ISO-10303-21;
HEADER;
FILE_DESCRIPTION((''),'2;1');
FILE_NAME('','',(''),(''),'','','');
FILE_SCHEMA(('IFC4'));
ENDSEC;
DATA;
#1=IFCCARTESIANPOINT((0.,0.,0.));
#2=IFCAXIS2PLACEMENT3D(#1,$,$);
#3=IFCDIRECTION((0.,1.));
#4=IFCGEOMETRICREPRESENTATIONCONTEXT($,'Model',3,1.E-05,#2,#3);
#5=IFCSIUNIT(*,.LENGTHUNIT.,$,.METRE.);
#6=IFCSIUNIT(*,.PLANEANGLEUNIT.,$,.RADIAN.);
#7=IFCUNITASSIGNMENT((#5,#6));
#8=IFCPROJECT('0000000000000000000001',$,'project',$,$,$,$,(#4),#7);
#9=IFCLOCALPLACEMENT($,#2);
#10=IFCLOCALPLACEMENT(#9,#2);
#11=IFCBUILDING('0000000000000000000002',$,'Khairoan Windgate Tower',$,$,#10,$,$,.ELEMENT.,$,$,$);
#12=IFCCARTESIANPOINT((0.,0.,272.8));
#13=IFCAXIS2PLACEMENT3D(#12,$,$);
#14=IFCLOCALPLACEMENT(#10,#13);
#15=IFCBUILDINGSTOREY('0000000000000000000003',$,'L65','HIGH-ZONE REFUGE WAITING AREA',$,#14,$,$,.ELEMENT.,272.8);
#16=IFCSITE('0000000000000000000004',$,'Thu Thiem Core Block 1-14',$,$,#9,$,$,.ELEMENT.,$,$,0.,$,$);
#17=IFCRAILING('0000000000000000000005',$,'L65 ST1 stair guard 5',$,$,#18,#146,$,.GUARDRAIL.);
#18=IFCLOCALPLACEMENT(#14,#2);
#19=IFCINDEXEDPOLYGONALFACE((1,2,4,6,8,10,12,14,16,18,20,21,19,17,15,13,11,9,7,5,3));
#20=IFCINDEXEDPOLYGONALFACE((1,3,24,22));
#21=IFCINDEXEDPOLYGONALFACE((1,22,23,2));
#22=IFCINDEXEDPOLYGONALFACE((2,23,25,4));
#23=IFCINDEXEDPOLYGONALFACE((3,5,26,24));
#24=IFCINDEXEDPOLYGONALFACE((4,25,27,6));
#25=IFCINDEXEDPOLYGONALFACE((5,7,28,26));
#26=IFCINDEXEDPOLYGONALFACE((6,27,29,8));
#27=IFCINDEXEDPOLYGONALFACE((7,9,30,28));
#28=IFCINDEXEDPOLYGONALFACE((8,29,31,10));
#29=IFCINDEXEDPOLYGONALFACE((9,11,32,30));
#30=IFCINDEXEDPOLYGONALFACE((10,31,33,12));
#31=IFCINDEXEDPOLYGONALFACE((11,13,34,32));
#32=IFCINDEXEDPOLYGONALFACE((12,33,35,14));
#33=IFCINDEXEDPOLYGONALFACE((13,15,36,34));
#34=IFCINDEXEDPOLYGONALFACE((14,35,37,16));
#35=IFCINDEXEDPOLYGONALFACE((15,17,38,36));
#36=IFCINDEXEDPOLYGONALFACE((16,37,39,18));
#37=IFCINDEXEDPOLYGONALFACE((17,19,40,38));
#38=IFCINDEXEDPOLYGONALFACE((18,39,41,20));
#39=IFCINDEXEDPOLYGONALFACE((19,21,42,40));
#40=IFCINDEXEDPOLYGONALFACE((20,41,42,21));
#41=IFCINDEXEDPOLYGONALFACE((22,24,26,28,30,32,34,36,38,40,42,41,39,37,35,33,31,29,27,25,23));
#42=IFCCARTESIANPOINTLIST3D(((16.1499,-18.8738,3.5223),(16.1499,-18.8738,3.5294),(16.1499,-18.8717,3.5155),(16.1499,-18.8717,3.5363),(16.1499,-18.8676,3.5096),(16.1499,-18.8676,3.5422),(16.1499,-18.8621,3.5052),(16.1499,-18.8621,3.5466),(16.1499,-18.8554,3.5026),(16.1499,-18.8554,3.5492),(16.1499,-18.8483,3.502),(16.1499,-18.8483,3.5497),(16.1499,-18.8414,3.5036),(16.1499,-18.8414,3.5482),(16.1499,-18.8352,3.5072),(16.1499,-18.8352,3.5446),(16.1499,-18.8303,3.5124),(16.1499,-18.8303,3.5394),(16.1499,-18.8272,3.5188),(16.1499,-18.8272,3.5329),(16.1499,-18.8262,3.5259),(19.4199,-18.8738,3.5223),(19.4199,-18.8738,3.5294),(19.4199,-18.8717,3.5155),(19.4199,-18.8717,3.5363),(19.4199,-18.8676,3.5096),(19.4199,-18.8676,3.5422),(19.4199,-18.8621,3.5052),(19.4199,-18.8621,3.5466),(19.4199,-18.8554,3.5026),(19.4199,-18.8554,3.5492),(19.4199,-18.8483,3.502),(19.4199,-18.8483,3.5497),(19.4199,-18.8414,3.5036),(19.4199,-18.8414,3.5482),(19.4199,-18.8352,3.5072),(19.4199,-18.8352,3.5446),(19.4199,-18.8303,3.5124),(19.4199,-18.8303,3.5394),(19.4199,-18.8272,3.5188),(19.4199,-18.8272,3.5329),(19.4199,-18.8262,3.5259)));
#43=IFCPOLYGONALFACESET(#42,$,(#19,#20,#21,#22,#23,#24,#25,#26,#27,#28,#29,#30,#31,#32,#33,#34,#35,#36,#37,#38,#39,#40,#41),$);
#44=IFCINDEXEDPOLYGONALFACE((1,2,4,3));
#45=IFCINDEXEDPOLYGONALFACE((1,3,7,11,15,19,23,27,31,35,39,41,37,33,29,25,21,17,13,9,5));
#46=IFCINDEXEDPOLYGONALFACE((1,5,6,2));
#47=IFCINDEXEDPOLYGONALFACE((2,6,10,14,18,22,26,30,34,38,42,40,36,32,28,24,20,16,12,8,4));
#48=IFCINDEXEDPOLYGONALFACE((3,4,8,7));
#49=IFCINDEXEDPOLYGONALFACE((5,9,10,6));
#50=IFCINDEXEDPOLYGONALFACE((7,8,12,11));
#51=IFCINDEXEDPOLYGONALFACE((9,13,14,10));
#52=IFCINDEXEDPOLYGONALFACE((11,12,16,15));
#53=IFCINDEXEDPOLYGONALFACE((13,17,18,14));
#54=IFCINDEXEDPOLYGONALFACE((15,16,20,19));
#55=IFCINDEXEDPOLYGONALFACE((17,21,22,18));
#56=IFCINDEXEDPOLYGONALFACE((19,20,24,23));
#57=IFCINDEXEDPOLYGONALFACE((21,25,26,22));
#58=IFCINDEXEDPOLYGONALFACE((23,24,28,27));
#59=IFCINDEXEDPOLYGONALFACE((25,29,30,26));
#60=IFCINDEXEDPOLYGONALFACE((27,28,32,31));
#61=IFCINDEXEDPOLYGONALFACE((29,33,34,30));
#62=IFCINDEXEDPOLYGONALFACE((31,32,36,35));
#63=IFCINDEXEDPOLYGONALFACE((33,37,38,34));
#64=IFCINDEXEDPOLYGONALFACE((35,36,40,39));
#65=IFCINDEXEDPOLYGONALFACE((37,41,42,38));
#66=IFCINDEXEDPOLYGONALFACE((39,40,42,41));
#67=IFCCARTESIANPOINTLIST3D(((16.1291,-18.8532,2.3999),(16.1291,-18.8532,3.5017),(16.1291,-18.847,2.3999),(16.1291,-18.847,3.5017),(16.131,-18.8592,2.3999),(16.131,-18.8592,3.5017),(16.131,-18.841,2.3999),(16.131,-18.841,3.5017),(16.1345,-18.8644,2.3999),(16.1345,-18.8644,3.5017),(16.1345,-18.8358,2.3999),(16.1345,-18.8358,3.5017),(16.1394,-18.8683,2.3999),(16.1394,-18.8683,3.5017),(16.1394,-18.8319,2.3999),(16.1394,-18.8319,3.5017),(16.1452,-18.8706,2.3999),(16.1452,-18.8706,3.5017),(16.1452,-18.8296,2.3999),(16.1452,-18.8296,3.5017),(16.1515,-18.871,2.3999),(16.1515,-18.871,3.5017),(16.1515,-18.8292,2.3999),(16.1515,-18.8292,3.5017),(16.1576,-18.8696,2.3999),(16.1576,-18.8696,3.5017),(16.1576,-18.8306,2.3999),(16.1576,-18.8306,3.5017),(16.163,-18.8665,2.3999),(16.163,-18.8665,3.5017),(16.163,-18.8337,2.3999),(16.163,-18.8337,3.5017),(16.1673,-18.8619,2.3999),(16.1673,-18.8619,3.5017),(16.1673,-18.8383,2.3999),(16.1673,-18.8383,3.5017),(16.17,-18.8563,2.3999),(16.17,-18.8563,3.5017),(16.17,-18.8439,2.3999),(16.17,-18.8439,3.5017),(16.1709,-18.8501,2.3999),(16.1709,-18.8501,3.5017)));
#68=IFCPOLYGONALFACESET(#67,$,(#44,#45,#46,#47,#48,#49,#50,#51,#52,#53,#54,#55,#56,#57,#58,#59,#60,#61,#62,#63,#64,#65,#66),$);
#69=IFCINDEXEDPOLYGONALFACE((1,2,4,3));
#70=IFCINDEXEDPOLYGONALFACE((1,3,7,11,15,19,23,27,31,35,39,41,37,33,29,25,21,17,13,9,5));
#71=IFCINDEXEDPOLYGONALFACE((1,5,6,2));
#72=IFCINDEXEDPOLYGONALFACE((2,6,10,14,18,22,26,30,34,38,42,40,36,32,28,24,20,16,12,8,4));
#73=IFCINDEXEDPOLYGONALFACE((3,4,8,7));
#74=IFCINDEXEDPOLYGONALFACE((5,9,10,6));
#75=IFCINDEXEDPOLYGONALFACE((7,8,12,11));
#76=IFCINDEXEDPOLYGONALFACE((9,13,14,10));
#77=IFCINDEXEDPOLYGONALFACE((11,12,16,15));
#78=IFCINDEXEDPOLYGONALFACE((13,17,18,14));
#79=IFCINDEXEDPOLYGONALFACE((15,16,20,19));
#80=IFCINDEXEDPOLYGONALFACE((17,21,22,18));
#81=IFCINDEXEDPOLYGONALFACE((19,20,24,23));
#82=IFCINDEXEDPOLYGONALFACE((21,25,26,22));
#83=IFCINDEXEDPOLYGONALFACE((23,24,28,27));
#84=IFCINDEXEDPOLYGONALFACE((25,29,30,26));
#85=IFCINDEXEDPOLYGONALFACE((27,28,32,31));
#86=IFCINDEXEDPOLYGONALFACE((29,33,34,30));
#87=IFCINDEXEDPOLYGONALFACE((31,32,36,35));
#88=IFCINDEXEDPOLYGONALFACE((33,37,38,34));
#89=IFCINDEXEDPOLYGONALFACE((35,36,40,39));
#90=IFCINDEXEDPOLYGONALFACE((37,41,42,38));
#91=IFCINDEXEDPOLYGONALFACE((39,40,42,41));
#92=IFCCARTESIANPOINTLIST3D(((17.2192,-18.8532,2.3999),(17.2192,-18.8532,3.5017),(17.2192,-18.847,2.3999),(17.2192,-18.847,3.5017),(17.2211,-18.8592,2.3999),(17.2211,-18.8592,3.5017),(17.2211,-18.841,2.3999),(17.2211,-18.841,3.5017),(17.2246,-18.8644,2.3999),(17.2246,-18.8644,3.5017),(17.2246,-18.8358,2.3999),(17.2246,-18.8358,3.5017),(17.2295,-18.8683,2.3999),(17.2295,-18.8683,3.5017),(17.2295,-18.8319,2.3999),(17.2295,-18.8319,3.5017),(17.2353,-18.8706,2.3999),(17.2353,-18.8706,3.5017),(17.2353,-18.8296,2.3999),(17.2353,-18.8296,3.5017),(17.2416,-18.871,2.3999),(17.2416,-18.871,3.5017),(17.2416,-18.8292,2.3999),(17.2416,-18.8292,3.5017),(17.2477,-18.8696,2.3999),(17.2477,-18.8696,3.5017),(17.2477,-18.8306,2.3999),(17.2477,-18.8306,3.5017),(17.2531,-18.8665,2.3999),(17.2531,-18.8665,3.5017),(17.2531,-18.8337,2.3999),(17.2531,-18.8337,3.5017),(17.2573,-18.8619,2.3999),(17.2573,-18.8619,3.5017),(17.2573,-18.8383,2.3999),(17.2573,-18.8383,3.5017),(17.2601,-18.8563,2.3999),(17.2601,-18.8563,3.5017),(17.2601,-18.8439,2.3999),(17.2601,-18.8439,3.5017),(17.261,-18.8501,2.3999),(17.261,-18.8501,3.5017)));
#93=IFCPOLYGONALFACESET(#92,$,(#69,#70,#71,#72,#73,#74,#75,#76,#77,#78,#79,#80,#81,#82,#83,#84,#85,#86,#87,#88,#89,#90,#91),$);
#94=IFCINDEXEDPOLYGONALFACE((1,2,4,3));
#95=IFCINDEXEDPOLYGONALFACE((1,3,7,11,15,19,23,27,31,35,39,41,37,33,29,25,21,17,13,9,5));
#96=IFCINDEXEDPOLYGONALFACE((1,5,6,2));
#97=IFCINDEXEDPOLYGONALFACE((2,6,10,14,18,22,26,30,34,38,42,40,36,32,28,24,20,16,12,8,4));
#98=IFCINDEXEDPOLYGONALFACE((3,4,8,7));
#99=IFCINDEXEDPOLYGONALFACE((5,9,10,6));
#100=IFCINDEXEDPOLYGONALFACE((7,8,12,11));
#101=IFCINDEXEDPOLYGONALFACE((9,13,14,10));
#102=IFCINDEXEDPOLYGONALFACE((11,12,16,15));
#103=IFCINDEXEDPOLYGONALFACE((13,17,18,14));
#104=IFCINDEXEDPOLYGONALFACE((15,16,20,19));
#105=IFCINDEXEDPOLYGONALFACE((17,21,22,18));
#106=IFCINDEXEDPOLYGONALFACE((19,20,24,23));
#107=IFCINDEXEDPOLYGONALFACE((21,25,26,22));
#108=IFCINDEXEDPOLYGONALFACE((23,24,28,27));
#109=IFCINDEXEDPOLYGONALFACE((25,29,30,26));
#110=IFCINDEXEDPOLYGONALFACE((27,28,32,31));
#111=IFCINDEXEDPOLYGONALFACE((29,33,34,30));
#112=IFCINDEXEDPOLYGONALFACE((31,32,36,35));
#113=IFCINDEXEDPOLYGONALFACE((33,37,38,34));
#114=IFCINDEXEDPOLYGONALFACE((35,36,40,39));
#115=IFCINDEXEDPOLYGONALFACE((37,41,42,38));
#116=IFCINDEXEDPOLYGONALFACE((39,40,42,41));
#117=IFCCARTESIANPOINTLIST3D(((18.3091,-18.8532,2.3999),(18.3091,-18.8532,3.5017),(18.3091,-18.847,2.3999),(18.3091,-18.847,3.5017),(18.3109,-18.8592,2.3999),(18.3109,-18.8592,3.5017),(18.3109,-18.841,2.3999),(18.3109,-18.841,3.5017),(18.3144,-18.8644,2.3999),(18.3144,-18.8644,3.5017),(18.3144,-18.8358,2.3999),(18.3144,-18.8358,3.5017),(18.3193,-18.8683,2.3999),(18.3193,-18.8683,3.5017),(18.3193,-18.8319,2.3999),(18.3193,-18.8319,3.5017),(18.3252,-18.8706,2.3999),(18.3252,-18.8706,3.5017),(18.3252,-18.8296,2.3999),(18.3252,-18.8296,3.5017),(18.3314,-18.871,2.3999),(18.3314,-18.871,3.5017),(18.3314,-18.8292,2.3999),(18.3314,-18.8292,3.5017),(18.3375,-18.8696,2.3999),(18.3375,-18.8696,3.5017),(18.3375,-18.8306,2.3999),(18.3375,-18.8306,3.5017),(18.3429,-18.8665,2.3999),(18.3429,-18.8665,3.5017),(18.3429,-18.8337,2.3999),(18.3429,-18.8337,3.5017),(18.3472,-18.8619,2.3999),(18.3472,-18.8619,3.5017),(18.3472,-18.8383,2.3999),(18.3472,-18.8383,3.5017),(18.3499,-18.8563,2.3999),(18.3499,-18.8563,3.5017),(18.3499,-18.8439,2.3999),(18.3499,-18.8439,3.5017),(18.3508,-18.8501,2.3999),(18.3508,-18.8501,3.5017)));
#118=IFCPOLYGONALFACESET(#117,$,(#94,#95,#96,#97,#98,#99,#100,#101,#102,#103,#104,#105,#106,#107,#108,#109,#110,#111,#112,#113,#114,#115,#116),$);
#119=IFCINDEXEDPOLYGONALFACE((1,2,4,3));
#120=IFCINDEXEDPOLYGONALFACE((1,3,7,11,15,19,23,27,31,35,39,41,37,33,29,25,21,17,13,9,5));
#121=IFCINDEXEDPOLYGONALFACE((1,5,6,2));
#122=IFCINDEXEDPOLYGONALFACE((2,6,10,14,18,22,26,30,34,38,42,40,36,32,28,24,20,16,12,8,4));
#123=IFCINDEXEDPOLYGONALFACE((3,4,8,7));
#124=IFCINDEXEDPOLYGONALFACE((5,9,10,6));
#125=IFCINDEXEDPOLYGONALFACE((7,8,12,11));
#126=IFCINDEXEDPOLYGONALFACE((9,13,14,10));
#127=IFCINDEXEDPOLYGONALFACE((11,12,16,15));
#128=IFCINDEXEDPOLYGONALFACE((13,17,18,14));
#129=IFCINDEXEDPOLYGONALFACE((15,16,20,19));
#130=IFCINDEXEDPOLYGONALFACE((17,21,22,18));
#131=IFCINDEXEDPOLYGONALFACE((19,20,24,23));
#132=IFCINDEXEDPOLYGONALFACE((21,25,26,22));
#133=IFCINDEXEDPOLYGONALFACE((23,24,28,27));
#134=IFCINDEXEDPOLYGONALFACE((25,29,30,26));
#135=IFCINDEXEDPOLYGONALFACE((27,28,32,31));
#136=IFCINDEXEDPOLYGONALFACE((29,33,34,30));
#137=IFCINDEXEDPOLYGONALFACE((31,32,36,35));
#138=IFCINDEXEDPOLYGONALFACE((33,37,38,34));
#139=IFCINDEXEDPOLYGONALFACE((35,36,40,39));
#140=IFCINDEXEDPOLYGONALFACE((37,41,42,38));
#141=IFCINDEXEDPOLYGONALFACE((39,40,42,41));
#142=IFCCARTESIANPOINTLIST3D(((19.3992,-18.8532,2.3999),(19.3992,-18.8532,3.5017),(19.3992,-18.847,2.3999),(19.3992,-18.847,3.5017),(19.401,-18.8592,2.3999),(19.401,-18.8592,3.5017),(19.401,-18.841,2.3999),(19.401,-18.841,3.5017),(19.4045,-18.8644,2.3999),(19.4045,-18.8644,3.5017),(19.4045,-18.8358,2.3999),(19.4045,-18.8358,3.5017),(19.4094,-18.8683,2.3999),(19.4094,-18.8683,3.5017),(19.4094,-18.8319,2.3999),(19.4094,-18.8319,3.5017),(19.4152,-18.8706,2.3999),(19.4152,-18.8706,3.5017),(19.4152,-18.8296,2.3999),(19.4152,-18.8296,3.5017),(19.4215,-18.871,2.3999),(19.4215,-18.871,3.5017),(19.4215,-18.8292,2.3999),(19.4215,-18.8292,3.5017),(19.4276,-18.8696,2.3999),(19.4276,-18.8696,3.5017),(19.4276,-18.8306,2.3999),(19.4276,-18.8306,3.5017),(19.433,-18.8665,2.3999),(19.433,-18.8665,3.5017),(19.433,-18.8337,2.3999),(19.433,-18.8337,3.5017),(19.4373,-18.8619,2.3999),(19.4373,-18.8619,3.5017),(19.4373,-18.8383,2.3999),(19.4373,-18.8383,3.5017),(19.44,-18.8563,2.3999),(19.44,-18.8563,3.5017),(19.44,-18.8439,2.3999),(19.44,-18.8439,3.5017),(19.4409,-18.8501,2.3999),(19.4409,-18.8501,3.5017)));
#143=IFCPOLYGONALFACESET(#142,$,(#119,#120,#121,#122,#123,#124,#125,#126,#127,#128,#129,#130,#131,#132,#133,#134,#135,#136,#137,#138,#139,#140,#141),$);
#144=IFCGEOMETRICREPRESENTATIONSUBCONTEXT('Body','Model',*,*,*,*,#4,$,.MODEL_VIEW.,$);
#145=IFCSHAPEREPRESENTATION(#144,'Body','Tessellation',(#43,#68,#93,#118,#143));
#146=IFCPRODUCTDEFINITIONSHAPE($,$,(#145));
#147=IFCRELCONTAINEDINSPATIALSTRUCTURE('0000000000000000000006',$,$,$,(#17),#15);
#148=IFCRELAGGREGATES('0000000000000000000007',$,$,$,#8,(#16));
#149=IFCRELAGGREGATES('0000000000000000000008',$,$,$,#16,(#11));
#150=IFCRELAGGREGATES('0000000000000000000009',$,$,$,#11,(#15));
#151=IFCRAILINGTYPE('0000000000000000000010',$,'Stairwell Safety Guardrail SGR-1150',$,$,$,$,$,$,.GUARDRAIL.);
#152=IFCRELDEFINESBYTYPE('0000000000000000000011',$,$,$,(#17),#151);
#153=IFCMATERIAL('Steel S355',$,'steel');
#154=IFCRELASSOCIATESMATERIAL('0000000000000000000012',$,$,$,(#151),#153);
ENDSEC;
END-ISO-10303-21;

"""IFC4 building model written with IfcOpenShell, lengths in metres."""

from ifc_helpers import new_model, si_unit, direction, frame, origin, origin_2d, place, context, subcontext, project, spatial, circle, extrude, material, type_object, element, save


model = new_model("IFC4")

# Units and contexts
model_context = context("Model", 3, precision=1e-05, world=origin(), true_north=direction((0.0, 1.0)))
body_context = subcontext(model_context, "Body", "Model", "MODEL_VIEW")
ifc_project = project(units=[si_unit("LENGTHUNIT", "METRE"), si_unit("PLANEANGLEUNIT", "RADIAN")], contexts=[model_context])

# Site, building, storey
site_placement = place(None, origin())
site = spatial("IfcSite", under=ifc_project, at=site_placement, Name="Thu Thiem Core Block 1-14", CompositionType="ELEMENT", RefElevation=0.0)
building_placement = place(site_placement, origin())
building = spatial("IfcBuilding", under=site, at=building_placement, Name="Khairoan Windgate Tower", CompositionType="ELEMENT")
storey_placement = place(building_placement, frame((0.0, 0.0, 272.8)))
storey = spatial("IfcBuildingStorey", under=building, at=storey_placement, Name="L65", Description="HIGH-ZONE REFUGE WAITING AREA", CompositionType="ELEMENT", Elevation=272.8)

# Railing
ifc_material_1 = material(Name="Steel S355", Category="steel")
railing_type_1 = type_object("IfcRailingType", Name="Stairwell Safety Guardrail SGR-1150", PredefinedType="GUARDRAIL", material=ifc_material_1)
railing_1_placement = place(storey_placement, frame((16.1499, -18.8501, 2.3999)))
element("IfcRailing", 1, at=railing_1_placement, inside=storey, type_object=railing_type_1, Name="L65 ST1 stair guard 5", PredefinedType="GUARDRAIL", context=body_context, shape_type="SweptSolid", body=[
    extrude(circle(Radius=0.0239, at=origin_2d()), frame((0.0, 0.0, 1.126), z_axis=(1.0, 0.0, 0.0), x_axis=(0.0, 1.0, 0.0)), (0.0, 0.0, 1.0), 3.27),
    extrude(circle(Radius=0.021, at=origin_2d()), origin(), (0.0, 0.0, 1.0), 1.1018),
    extrude(circle(Radius=0.021, at=origin_2d()), frame((1.0901, 0.0, 0.0)), (0.0, 0.0, 1.0), 1.1018),
    extrude(circle(Radius=0.021, at=origin_2d()), frame((2.1799, 0.0, 0.0)), (0.0, 0.0, 1.0), 1.1018),
    extrude(circle(Radius=0.021, at=origin_2d()), frame((3.27, 0.0, 0.0)), (0.0, 0.0, 1.0), 1.1018),
])

save(model, "model.ifc")
